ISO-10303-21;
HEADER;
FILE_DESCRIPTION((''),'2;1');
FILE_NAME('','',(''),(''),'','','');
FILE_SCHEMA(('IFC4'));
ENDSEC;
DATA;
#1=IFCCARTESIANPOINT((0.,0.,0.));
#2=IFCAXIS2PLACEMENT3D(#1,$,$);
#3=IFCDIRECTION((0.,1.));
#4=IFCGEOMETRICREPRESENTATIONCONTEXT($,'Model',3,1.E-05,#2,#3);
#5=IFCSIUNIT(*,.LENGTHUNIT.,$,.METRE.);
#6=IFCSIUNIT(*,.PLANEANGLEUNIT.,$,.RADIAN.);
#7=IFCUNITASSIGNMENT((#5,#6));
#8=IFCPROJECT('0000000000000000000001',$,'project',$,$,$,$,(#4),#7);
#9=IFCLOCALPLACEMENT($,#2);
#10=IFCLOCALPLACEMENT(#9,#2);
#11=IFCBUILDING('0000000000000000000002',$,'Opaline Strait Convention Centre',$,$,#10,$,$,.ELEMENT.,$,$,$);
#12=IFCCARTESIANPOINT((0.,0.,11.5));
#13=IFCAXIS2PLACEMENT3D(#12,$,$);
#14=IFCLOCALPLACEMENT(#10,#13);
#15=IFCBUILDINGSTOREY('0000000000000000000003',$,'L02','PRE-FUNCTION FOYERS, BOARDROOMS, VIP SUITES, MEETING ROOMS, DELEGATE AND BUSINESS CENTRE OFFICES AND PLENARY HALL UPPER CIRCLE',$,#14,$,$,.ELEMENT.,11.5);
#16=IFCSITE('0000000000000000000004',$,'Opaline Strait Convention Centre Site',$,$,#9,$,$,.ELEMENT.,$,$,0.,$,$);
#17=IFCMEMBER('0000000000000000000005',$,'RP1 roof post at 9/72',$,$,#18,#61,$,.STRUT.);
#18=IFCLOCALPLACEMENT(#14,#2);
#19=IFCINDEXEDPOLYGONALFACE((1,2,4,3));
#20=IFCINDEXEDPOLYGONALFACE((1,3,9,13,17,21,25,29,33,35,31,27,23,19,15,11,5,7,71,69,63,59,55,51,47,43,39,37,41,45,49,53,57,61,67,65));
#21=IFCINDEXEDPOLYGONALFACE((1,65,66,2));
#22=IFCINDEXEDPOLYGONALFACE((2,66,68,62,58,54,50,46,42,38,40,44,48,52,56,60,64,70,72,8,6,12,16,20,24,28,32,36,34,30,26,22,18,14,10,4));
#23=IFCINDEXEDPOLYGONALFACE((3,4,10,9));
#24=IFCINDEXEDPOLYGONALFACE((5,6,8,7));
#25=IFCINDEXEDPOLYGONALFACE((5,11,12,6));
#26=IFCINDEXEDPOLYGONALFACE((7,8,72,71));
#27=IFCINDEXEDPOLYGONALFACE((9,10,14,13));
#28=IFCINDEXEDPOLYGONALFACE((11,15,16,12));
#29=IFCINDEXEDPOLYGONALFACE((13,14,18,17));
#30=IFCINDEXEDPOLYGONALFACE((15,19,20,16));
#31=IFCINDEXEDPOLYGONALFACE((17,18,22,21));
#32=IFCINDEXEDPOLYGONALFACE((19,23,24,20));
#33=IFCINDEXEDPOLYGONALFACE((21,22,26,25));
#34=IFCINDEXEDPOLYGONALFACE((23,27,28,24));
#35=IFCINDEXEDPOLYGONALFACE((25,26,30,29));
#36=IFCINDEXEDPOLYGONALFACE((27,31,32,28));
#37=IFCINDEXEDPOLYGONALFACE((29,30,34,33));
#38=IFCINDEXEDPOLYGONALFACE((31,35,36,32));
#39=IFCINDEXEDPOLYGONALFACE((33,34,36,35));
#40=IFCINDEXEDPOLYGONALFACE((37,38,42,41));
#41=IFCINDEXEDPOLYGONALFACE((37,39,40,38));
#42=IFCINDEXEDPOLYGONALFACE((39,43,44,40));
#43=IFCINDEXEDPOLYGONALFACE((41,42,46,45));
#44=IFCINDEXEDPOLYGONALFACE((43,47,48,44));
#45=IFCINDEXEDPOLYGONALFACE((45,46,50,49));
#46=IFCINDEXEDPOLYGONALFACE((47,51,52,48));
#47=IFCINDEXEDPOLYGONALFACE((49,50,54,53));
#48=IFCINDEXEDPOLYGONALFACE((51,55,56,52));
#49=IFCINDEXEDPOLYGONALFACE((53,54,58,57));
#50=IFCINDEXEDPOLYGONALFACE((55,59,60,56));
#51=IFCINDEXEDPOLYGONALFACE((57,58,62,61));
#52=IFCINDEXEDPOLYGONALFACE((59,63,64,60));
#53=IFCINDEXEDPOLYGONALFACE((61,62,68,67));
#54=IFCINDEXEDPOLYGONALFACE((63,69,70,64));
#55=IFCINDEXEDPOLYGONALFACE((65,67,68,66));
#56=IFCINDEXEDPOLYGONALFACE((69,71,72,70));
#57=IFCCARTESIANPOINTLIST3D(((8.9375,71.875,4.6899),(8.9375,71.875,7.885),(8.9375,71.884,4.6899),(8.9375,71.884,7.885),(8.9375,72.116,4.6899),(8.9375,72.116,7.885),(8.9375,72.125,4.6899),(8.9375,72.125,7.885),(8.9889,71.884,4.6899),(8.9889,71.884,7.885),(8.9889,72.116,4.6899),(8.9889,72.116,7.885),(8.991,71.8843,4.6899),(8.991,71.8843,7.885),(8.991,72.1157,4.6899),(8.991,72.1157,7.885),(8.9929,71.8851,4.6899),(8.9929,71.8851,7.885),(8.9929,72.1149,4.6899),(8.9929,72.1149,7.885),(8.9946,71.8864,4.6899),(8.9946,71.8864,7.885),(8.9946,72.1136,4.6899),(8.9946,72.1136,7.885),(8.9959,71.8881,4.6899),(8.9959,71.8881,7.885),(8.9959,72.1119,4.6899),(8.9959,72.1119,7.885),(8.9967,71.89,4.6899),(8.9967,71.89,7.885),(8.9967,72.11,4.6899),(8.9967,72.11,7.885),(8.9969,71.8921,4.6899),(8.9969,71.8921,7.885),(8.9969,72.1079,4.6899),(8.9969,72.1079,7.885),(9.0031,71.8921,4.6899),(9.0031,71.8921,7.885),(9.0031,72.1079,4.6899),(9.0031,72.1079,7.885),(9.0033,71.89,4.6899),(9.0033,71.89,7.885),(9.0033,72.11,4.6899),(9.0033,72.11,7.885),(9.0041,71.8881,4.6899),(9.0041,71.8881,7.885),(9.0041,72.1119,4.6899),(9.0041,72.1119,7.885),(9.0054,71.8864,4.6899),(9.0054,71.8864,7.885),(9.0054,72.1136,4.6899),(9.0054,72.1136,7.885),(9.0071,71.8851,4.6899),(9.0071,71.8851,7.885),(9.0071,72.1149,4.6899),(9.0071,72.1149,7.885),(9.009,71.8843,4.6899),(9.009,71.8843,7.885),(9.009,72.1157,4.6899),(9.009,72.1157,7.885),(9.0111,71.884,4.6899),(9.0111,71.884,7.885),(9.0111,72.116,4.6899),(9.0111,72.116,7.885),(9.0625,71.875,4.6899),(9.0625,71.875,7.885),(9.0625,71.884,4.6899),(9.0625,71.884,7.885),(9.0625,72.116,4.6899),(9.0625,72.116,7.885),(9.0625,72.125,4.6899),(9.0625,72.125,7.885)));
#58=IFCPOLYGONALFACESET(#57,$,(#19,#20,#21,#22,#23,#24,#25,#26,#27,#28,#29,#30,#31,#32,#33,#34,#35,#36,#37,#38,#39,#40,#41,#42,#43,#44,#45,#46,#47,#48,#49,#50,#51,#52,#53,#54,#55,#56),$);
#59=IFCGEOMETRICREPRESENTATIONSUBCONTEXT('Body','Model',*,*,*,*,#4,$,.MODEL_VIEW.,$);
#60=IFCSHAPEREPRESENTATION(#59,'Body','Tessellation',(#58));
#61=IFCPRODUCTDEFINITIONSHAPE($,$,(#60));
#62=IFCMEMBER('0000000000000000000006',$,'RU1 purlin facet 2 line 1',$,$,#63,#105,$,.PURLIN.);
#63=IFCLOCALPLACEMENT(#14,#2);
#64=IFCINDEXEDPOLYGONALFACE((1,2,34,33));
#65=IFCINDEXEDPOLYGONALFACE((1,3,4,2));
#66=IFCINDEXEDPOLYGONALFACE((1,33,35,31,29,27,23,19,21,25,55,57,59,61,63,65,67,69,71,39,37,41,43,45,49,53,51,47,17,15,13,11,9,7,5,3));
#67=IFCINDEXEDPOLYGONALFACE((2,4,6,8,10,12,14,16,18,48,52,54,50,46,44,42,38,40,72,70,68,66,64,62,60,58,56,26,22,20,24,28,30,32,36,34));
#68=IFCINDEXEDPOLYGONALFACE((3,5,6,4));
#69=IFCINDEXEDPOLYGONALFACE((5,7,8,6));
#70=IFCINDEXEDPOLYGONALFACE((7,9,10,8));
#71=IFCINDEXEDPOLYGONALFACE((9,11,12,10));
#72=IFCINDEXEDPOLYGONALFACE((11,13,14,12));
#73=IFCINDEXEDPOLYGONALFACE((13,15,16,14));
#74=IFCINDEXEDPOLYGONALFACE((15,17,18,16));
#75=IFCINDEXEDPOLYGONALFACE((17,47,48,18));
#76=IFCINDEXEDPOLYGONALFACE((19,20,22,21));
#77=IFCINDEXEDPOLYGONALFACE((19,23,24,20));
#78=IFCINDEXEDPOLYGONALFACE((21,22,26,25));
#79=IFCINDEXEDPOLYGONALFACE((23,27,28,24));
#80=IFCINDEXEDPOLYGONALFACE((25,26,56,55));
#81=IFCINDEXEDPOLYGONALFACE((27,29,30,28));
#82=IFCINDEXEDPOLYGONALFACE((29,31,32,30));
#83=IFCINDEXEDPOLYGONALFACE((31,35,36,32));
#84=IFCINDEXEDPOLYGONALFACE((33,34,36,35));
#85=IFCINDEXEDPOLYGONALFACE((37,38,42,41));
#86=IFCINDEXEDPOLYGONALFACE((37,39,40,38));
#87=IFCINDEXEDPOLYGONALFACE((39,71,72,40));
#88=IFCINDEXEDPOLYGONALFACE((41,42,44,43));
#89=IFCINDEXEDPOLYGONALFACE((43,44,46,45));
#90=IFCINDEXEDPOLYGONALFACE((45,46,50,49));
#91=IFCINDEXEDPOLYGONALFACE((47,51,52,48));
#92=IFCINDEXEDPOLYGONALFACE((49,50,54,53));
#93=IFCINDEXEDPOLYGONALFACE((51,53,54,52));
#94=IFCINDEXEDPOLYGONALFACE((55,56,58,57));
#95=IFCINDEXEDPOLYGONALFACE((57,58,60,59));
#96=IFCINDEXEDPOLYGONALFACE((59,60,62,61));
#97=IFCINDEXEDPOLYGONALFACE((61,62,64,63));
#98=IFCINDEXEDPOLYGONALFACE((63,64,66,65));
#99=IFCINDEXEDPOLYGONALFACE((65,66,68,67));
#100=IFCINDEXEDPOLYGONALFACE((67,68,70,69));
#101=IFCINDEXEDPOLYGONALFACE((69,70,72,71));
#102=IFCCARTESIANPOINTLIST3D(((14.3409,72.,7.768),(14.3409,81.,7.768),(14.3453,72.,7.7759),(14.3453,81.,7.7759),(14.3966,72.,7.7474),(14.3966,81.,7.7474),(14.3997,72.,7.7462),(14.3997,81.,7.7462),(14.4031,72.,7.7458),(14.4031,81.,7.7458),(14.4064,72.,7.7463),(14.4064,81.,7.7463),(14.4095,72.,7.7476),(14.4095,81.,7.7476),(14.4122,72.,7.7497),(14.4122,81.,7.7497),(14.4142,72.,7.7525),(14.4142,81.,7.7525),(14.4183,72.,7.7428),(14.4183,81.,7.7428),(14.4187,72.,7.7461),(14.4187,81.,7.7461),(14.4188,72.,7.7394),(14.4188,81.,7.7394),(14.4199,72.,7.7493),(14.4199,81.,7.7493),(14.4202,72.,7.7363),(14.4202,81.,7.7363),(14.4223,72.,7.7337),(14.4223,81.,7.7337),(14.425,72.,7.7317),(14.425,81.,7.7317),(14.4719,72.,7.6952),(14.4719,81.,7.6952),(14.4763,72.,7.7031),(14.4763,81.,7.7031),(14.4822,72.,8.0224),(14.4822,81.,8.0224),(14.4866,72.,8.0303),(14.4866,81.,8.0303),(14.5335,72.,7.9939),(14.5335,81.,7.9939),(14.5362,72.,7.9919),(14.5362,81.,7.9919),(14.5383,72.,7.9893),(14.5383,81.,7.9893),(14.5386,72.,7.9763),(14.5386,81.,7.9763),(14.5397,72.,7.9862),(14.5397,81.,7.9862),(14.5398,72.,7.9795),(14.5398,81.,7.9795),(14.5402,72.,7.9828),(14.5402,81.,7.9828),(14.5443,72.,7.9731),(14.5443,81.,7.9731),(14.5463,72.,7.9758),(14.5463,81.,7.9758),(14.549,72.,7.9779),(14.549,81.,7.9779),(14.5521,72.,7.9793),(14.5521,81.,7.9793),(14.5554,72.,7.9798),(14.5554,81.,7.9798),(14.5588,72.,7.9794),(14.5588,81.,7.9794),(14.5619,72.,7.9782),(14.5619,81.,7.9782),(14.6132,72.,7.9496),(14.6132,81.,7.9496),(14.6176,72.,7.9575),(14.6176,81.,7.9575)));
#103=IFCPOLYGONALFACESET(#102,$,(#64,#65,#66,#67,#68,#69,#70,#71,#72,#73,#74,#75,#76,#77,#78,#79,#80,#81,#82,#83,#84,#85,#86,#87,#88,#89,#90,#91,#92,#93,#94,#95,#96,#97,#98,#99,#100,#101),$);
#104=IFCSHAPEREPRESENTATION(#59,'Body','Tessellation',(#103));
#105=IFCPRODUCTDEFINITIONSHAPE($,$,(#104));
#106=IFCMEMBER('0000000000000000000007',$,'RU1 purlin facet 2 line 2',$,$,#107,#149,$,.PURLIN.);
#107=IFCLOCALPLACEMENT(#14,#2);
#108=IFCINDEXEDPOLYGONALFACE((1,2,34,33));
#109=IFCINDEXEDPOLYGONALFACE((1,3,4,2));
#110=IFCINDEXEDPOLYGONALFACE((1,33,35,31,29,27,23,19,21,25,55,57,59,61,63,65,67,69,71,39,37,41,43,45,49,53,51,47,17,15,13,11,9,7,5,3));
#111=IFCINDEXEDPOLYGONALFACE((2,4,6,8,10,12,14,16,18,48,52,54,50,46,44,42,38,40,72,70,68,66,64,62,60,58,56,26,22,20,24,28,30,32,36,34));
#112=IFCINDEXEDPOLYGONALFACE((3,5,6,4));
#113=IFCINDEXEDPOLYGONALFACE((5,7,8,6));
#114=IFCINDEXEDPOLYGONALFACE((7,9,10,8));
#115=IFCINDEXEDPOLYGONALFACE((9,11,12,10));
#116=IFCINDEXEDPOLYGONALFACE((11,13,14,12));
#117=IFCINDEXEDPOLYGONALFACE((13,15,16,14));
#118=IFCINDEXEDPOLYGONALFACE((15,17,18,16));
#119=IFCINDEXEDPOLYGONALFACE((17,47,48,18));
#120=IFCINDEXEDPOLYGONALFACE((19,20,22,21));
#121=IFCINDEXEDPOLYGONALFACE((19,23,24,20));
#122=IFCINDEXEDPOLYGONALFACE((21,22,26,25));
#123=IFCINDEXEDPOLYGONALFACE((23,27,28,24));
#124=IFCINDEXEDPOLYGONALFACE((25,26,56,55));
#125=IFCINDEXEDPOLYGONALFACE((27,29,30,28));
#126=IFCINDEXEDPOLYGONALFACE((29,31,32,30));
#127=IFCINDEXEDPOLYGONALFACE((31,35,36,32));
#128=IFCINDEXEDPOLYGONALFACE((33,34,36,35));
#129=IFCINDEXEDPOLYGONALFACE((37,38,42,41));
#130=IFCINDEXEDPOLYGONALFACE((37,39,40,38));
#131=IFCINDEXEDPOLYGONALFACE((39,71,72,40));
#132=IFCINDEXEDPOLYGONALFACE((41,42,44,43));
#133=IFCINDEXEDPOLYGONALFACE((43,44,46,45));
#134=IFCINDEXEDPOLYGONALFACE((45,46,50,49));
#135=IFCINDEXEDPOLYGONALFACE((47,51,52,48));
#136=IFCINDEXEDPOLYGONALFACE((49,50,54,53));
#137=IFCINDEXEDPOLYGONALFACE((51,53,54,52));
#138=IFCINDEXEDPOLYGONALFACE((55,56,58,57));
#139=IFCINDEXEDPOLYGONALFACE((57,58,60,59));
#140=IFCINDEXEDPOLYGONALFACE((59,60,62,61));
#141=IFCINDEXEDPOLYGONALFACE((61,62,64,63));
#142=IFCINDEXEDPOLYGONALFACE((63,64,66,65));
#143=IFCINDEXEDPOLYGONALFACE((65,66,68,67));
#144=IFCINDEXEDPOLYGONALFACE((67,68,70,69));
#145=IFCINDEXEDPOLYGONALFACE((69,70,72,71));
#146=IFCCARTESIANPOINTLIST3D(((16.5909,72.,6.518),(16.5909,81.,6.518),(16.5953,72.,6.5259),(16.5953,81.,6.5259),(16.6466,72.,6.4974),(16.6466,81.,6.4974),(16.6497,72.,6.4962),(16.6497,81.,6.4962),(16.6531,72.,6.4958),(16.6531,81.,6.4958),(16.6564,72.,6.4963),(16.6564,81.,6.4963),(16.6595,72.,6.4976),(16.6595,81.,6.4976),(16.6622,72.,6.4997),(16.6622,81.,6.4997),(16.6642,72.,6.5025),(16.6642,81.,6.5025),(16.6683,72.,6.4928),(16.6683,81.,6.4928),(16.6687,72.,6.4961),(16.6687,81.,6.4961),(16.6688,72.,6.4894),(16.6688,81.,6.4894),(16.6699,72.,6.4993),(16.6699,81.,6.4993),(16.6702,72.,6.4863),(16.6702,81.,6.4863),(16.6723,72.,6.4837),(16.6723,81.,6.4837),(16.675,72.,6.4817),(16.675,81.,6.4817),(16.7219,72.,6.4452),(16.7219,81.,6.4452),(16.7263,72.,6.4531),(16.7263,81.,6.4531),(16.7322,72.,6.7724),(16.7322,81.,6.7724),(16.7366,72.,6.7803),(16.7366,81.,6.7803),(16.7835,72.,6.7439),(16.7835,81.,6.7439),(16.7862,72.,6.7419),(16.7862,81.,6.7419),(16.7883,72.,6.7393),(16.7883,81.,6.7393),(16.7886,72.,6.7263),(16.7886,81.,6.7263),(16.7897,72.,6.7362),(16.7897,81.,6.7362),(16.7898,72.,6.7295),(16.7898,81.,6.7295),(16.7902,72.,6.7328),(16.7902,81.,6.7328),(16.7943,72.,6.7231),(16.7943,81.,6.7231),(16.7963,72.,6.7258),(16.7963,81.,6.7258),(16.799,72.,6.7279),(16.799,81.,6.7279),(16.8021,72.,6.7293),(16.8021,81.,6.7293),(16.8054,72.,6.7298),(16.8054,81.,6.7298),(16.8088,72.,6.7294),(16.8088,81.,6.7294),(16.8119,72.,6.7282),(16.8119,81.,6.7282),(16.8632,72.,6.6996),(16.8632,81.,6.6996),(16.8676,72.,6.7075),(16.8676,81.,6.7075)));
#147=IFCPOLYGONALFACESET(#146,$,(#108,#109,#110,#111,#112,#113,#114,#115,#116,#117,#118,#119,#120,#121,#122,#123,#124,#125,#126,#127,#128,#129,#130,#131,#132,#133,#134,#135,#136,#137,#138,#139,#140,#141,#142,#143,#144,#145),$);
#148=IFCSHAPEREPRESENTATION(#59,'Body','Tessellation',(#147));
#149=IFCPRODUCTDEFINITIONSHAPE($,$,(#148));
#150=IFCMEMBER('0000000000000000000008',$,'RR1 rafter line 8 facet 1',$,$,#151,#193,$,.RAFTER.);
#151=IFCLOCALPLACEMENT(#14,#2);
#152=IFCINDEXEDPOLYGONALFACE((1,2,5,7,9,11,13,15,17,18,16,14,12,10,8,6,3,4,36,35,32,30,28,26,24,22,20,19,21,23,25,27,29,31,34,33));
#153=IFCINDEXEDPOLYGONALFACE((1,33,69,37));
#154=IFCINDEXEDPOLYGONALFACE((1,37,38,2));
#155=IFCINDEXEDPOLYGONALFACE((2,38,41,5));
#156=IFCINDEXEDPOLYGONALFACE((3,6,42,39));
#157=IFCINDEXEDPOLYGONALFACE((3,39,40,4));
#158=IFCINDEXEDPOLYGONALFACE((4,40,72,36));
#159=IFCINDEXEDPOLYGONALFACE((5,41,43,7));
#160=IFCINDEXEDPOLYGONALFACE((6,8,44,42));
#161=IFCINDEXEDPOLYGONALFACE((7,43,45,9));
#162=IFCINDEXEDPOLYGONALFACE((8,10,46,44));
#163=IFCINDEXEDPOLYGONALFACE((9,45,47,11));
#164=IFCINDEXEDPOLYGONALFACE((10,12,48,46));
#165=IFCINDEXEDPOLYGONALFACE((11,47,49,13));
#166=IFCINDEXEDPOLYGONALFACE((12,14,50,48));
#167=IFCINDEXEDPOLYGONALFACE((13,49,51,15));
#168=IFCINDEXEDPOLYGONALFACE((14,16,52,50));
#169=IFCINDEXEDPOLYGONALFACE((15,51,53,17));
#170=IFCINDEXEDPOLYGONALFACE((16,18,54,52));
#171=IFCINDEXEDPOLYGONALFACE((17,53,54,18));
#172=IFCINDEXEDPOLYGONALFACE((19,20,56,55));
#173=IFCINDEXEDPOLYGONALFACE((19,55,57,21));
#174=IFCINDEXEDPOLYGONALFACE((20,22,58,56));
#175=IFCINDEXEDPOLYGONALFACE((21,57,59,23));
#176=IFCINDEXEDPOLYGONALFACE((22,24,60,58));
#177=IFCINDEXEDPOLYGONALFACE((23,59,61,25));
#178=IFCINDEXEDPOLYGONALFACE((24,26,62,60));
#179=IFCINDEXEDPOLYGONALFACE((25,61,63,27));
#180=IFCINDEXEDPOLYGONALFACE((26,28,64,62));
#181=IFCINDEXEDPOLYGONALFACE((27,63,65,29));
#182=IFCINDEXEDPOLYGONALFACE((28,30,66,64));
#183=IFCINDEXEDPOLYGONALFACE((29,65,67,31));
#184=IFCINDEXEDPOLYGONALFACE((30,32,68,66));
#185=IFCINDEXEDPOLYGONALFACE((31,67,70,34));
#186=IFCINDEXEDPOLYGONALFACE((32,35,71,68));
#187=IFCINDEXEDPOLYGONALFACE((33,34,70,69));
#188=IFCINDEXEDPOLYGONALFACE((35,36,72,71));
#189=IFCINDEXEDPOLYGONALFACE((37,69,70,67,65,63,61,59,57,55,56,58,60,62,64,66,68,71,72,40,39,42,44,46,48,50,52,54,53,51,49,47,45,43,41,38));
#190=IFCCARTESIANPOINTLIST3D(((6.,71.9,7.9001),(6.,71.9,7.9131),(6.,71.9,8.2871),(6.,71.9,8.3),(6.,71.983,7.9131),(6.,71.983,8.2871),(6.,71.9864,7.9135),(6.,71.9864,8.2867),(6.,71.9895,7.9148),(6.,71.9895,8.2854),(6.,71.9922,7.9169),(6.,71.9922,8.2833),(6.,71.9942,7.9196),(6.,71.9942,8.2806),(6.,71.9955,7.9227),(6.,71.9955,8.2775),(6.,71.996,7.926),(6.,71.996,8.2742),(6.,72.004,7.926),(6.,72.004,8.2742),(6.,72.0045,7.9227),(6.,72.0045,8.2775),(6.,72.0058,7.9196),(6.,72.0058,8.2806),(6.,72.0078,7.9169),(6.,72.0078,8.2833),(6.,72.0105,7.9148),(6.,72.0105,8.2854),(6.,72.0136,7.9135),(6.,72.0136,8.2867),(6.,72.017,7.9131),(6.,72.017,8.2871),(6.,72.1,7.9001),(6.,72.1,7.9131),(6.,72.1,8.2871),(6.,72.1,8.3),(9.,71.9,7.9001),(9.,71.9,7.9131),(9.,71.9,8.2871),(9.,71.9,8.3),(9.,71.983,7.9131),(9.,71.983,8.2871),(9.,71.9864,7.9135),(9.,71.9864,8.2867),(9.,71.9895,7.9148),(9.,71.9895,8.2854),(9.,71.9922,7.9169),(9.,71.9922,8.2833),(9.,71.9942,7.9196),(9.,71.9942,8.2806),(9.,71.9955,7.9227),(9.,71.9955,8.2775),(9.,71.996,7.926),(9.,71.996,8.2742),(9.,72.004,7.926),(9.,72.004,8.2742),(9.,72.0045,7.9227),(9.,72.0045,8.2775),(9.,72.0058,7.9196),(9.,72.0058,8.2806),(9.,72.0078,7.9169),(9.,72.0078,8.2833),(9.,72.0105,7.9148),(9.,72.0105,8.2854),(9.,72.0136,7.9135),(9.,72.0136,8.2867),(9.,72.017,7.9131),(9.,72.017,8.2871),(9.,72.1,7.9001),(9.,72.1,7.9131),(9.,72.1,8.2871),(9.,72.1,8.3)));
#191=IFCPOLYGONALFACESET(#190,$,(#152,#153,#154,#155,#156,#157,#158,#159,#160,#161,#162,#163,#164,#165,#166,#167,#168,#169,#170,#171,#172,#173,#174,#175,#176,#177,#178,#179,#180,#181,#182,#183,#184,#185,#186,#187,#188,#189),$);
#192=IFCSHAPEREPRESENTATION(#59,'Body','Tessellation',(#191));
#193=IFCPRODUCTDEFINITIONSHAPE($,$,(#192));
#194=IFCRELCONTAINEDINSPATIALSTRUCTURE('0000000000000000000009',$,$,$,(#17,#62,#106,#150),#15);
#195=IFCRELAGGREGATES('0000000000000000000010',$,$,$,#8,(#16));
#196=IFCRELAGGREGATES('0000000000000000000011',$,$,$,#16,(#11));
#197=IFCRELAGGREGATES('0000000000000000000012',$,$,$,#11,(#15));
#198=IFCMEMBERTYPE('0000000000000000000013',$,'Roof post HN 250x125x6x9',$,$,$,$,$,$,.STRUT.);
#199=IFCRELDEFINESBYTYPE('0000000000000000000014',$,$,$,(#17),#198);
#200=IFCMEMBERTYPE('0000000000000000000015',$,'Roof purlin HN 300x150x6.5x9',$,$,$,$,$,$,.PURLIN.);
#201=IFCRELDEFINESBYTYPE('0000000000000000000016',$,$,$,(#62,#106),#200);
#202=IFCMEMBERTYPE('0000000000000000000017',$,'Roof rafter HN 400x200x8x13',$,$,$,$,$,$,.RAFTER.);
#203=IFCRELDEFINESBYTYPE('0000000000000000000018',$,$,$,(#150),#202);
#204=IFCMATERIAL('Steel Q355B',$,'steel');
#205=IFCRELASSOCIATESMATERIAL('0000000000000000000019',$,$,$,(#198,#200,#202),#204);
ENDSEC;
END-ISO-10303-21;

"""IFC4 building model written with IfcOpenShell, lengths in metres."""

from ifc_helpers import new_model, si_unit, direction, frame, origin, origin_2d, place, context, subcontext, project, spatial, i_section, extrude, material, material_profile, profile_set, type_object, element, save


model = new_model("IFC4")

# Units and contexts
model_context = context("Model", 3, precision=1e-05, world=origin(), true_north=direction((0.0, 1.0)))
body_context = subcontext(model_context, "Body", "Model", "MODEL_VIEW")
ifc_project = project(units=[si_unit("LENGTHUNIT", "METRE"), si_unit("PLANEANGLEUNIT", "RADIAN")], contexts=[model_context])

# Site, building, storey
site_placement = place(None, origin())
site = spatial("IfcSite", under=ifc_project, at=site_placement, Name="Opaline Strait Convention Centre Site", CompositionType="ELEMENT", RefElevation=0.0)
building_placement = place(site_placement, origin())
building = spatial("IfcBuilding", under=site, at=building_placement, Name="Opaline Strait Convention Centre", CompositionType="ELEMENT")
storey_placement = place(building_placement, frame((0.0, 0.0, 11.5)))
storey = spatial("IfcBuildingStorey", under=building, at=storey_placement, Name="L02", Description="PRE-FUNCTION FOYERS, BOARDROOMS, VIP SUITES, MEETING ROOMS, DELEGATE AND BUSINESS CENTRE OFFICES AND PLENARY HALL UPPER CIRCLE", CompositionType="ELEMENT", Elevation=11.5)

# Shared definitions
ifc_material_1 = material(Name="Steel Q355B", Category="steel")

# Members
ifc_material_profile_1 = material_profile(ifc_material_1, i_section(OverallWidth=0.125, OverallDepth=0.25, WebThickness=0.0061, FlangeThickness=0.009, FilletRadius=0.0081, at=origin_2d()), Name="HN 250x125x6x9")
ifc_profile_set_1 = profile_set([ifc_material_profile_1], Name="Steel Q355B")
member_type_1 = type_object("IfcMemberType", Name="Roof post HN 250x125x6x9", PredefinedType="STRUT", material=ifc_profile_set_1)
member_1_placement = place(storey_placement, frame((9.0, 72.0, 4.6899), z_axis=(0.0, 0.0, 1.0), x_axis=(1.0, 0.0, 0.0)))
element("IfcMember", 1, at=member_1_placement, inside=storey, type_object=member_type_1, Name="RP1 roof post at 9/72", PredefinedType="STRUT", context=body_context, shape_type="SweptSolid", body=[
    extrude(i_section(OverallWidth=0.125, OverallDepth=0.25, WebThickness=0.0061, FlangeThickness=0.009, FilletRadius=0.0081, at=origin_2d()), origin(), (0.0, 0.0, 1.0), 3.1951),
])
ifc_material_profile_2 = material_profile(ifc_material_1, i_section(OverallWidth=0.1499, OverallDepth=0.3, WebThickness=0.0066, FlangeThickness=0.009, FilletRadius=0.0129, at=origin_2d()), Name="HN 300x150x6.5x9")
ifc_profile_set_2 = profile_set([ifc_material_profile_2], Name="Steel Q355B")
member_type_2 = type_object("IfcMemberType", Name="Roof purlin HN 300x150x6.5x9", PredefinedType="PURLIN", material=ifc_profile_set_2)
for number, where, z_axis, x_axis, name in (
    (2, (14.4792, 72.0, 7.8628), (0.0, 1.0, 0.0), (-0.874157, 0.0, 0.485643), "RU1 purlin facet 2 line 1"),
    (3, (16.7292, 72.0, 6.6128), (0.0, 1.0, 0.0), (-0.874157, 0.0, 0.485643), "RU1 purlin facet 2 line 2"),
):
    element("IfcMember", number, at=place(storey_placement, frame(where, z_axis=z_axis, x_axis=x_axis)), inside=storey, type_object=member_type_2, Name=name, PredefinedType="PURLIN", context=body_context, shape_type="SweptSolid", body=[
        extrude(i_section(OverallWidth=0.1499, OverallDepth=0.3, WebThickness=0.0066, FlangeThickness=0.009, FilletRadius=0.0129, at=origin_2d()), origin(), (0.0, 0.0, 1.0), 9.0),
    ])
ifc_material_profile_3 = material_profile(ifc_material_1, i_section(OverallWidth=0.2, OverallDepth=0.3999, WebThickness=0.0081, FlangeThickness=0.0129, FilletRadius=0.0129, at=origin_2d()), Name="HN 400x200x8x13")
ifc_profile_set_3 = profile_set([ifc_material_profile_3], Name="Steel Q355B")
member_type_3 = type_object("IfcMemberType", Name="Roof rafter HN 400x200x8x13", PredefinedType="RAFTER", material=ifc_profile_set_3)
member_2_placement = place(storey_placement, frame((6.0, 72.0, 8.1001), z_axis=(1.0, 0.0, 0.0), x_axis=(0.0, 1.0, 0.0)))
element("IfcMember", 4, at=member_2_placement, inside=storey, type_object=member_type_3, Name="RR1 rafter line 8 facet 1", PredefinedType="RAFTER", context=body_context, shape_type="SweptSolid", body=[
    extrude(i_section(OverallWidth=0.2, OverallDepth=0.3999, WebThickness=0.0081, FlangeThickness=0.0129, FilletRadius=0.0129, at=origin_2d()), origin(), (0.0, 0.0, 1.0), 3.0),
])

save(model, "model.ifc")
